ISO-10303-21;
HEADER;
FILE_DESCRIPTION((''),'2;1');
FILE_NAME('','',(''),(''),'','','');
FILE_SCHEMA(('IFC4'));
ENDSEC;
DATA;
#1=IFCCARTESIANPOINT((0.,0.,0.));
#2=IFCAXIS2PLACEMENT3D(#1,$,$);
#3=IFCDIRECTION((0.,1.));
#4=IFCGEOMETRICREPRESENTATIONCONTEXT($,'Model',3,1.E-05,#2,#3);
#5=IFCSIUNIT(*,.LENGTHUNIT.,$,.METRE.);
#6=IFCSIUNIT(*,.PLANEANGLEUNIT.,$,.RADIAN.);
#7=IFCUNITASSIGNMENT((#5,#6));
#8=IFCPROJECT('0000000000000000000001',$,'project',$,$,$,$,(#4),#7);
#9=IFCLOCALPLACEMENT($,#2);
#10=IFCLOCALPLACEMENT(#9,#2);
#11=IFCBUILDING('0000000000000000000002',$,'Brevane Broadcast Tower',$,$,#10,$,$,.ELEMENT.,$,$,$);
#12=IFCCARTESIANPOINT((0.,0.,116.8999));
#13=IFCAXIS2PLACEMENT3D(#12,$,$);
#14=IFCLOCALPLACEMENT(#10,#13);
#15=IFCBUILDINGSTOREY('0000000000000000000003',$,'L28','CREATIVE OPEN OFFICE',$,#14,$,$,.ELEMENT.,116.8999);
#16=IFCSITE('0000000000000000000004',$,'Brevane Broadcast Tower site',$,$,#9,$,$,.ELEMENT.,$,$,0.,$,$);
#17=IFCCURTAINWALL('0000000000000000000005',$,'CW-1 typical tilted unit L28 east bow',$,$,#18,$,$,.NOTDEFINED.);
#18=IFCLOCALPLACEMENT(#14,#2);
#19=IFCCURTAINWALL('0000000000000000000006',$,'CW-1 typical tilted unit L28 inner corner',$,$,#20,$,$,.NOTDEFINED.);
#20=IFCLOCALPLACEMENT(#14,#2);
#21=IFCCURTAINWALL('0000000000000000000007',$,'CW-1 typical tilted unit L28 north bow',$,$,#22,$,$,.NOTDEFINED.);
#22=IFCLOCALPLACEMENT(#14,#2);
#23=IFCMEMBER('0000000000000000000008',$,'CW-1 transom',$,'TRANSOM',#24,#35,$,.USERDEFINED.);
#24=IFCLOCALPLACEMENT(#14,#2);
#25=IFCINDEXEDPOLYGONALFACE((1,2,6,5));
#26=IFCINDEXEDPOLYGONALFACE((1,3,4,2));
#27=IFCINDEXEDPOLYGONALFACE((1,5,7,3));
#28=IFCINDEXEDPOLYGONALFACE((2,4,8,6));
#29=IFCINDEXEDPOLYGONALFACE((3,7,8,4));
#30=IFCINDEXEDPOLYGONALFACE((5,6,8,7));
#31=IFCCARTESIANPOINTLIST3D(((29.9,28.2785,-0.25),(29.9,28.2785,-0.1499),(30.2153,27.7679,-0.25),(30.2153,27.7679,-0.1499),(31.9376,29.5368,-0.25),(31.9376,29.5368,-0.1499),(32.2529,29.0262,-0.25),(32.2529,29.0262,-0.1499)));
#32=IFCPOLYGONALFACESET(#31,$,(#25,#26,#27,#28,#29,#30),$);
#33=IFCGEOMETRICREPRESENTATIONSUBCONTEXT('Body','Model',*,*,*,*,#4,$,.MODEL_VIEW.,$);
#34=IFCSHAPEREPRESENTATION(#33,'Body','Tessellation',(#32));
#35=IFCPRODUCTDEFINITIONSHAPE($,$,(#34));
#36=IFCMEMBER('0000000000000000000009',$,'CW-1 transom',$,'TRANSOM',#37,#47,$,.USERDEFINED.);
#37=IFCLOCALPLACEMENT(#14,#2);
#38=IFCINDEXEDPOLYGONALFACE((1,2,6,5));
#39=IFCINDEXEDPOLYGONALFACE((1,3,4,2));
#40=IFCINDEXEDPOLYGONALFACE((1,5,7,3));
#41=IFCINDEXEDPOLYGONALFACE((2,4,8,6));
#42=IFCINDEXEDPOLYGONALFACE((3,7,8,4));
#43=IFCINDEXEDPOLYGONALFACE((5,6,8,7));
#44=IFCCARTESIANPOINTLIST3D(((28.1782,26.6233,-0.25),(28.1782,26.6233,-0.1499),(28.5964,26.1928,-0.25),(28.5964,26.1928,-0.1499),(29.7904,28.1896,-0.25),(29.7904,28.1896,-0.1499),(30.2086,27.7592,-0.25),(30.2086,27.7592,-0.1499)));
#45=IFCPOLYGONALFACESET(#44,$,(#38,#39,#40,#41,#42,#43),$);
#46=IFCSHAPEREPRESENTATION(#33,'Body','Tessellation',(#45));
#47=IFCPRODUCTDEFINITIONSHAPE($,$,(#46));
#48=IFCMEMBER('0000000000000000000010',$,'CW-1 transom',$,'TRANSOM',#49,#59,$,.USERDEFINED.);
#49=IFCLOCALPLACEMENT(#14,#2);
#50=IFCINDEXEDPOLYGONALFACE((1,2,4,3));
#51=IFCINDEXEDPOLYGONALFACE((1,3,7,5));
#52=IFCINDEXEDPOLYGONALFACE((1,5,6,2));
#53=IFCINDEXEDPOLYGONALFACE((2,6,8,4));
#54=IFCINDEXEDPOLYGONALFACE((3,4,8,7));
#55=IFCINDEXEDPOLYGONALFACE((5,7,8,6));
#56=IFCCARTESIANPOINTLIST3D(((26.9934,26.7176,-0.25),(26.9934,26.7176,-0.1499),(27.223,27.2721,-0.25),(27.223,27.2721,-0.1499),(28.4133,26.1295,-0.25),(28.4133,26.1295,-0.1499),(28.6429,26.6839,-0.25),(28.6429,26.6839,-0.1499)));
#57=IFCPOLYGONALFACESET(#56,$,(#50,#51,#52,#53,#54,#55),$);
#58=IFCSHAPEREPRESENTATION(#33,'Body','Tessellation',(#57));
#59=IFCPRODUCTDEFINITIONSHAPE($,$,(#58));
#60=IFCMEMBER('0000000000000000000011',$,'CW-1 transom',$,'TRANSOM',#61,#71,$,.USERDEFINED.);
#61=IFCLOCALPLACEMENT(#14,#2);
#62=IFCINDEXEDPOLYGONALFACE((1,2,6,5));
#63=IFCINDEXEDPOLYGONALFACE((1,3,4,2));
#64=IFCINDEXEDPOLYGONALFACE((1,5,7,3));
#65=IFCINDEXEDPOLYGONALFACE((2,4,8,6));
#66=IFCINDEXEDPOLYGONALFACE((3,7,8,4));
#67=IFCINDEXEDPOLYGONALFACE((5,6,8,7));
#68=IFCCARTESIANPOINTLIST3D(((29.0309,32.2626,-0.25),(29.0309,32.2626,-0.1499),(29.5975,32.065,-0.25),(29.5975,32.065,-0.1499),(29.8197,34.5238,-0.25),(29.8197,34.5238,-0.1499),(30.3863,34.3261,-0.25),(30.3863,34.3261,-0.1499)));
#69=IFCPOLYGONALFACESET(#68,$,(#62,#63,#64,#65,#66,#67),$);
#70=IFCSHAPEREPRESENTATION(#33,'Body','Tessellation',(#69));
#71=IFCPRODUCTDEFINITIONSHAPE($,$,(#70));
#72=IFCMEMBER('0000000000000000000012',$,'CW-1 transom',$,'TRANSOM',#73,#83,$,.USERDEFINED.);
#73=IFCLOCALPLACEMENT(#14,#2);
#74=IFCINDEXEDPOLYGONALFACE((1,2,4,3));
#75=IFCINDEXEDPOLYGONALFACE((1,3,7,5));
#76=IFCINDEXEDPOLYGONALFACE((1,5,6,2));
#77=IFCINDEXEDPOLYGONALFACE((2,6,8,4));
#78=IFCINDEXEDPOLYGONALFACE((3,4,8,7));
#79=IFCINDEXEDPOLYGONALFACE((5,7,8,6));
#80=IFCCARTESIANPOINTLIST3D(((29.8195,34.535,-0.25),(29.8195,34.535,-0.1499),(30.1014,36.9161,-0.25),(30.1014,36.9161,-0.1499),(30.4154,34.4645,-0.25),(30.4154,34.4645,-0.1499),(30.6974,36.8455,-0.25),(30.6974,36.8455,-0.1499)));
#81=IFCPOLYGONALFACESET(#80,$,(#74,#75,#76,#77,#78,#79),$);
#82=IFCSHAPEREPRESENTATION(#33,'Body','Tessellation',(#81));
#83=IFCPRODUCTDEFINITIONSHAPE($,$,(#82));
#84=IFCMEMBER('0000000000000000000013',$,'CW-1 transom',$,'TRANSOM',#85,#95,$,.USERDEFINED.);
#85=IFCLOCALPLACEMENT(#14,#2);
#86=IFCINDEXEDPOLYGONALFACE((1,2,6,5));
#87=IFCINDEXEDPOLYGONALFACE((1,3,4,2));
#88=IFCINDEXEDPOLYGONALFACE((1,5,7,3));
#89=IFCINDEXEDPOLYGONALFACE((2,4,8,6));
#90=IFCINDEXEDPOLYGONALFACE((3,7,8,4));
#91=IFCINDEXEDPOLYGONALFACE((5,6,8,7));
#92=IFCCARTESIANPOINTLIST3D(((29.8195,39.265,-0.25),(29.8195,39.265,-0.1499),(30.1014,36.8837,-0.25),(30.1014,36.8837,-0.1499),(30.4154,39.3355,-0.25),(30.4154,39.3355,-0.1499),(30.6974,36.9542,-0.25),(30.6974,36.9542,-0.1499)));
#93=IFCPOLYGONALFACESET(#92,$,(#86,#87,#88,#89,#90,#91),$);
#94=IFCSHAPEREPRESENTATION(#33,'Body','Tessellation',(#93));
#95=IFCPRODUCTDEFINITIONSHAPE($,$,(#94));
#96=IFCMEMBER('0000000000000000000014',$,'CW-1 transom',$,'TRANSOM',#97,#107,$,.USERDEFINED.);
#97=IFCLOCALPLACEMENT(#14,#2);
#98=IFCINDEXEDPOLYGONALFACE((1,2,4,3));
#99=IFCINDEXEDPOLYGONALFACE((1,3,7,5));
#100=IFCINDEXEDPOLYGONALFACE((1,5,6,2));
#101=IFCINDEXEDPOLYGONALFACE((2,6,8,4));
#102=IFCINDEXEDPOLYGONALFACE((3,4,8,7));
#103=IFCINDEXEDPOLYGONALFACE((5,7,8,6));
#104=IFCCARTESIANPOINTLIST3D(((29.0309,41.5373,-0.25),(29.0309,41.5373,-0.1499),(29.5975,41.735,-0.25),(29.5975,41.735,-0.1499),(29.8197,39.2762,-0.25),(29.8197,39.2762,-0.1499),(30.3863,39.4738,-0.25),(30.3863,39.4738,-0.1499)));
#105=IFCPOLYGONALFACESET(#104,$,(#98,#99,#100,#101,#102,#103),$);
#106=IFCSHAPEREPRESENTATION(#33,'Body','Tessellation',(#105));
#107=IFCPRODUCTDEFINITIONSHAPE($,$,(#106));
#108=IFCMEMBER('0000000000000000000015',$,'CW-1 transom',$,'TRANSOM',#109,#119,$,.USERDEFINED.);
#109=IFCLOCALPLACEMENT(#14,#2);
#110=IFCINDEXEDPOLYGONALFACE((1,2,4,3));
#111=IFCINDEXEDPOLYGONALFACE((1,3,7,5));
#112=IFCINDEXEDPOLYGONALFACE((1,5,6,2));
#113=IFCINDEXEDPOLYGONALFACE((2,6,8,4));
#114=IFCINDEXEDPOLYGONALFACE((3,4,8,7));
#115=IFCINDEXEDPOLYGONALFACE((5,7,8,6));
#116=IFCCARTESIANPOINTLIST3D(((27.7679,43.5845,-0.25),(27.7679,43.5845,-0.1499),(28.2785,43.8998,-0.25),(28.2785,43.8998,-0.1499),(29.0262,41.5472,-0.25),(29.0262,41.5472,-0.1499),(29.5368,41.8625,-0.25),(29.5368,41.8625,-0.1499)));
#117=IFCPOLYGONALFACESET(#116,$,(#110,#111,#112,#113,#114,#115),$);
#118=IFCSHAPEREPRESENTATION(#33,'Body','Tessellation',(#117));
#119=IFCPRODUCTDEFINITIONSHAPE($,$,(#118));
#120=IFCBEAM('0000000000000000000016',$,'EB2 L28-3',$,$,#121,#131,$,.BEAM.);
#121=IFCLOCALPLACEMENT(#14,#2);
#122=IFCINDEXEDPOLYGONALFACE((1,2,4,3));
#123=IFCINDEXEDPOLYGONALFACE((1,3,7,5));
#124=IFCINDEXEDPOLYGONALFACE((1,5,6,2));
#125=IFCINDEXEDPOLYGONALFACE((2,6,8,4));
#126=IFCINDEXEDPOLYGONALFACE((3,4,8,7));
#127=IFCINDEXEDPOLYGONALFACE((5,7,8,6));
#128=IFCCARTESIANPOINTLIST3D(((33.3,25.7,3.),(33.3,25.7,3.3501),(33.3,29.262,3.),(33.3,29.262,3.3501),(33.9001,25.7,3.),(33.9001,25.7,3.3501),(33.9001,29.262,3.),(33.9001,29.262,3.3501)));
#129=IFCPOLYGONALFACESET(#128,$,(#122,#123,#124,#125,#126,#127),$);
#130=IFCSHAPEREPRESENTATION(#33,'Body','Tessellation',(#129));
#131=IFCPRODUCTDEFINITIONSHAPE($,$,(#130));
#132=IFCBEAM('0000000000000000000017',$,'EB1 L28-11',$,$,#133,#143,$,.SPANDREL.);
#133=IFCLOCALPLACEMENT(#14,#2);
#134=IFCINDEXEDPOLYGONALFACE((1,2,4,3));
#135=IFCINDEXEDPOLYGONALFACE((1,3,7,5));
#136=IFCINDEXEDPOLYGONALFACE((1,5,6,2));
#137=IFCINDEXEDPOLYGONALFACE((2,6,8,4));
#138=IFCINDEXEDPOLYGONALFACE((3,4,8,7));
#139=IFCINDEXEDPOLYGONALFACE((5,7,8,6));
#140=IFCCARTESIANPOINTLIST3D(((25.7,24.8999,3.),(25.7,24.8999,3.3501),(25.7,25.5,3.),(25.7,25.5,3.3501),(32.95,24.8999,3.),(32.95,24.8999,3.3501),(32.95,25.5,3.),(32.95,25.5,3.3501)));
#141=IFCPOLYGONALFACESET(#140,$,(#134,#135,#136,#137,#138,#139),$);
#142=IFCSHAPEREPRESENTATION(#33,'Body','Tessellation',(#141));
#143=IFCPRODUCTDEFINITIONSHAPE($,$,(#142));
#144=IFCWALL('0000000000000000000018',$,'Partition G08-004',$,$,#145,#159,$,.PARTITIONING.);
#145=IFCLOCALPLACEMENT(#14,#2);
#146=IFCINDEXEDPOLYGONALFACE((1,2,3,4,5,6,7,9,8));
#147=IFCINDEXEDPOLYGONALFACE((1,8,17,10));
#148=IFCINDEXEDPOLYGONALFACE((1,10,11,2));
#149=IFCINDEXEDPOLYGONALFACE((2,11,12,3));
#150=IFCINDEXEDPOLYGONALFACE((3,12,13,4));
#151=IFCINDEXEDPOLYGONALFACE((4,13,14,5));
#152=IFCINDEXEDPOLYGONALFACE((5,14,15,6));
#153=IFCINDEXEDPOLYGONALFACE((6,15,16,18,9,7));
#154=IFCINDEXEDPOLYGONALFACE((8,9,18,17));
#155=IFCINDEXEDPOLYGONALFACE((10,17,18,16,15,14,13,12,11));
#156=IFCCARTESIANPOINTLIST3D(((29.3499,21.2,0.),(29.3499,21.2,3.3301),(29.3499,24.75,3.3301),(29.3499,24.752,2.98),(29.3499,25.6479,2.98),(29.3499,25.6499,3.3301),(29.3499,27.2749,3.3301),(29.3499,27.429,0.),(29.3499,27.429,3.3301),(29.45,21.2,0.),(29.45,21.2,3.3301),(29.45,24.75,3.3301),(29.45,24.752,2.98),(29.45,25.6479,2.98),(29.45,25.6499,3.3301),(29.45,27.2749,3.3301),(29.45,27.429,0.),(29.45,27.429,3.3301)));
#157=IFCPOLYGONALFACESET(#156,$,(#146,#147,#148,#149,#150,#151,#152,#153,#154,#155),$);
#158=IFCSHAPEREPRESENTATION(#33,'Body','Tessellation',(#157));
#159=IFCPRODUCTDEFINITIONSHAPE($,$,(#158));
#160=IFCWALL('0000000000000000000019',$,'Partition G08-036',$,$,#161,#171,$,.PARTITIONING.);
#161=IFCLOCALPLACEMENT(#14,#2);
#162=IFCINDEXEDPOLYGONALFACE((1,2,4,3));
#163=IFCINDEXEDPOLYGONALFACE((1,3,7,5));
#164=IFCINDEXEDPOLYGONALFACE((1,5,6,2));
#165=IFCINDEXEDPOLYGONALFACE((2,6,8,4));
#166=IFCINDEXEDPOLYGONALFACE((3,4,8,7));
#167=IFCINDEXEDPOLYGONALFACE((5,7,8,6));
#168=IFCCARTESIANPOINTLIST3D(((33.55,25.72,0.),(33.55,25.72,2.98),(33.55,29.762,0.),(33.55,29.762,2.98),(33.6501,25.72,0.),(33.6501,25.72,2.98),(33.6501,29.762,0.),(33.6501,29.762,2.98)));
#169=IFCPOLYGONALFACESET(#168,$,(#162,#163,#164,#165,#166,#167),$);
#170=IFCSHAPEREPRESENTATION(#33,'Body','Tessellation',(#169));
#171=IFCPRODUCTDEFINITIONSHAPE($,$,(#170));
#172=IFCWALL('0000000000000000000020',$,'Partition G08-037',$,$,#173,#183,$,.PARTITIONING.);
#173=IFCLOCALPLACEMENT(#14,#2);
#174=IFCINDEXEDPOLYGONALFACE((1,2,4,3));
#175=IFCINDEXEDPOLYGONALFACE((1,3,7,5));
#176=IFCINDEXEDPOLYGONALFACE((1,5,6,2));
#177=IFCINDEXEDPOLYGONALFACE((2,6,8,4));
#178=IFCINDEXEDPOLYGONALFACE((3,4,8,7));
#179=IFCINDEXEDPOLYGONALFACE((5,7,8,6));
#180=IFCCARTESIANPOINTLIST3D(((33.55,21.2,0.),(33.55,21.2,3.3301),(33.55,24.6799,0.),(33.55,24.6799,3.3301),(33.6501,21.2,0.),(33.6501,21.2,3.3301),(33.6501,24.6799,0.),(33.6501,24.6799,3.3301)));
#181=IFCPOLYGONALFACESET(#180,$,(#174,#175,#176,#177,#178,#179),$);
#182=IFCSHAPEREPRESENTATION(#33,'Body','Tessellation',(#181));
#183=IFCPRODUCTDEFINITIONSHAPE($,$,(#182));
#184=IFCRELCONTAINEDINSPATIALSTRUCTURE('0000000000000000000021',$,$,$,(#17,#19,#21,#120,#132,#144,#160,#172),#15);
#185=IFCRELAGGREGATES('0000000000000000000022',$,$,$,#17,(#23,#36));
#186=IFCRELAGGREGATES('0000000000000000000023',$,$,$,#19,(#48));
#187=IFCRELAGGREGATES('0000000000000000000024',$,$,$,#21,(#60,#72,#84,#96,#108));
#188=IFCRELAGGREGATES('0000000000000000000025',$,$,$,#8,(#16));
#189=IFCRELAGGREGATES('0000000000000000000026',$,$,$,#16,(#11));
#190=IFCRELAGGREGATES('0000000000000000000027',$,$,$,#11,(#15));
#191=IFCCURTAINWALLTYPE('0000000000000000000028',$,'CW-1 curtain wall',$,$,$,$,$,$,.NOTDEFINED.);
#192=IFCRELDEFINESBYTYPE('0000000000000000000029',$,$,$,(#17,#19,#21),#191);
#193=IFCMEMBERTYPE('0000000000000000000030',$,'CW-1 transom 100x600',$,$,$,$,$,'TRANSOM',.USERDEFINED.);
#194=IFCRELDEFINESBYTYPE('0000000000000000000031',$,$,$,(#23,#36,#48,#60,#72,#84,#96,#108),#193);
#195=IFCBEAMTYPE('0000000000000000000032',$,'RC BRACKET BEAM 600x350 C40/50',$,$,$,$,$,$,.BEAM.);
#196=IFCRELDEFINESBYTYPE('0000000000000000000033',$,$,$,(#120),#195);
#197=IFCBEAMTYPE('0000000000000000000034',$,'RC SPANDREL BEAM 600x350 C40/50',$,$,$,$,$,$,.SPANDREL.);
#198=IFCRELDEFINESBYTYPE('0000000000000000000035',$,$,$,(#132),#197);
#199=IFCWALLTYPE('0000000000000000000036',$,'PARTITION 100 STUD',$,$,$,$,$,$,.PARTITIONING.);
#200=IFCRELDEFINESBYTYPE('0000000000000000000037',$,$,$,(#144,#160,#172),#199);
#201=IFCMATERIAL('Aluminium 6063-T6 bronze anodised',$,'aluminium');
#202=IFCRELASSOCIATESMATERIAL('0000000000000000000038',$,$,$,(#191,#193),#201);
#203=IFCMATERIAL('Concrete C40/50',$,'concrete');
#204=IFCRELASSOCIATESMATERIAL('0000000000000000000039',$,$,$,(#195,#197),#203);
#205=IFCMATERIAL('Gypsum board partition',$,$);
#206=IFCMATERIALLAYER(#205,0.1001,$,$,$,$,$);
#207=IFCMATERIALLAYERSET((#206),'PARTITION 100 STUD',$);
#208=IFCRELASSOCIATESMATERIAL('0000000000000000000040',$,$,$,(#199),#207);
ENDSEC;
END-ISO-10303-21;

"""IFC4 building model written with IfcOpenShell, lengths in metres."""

from ifc_helpers import new_model, si_unit, direction, frame, frame_2d, origin, origin_2d, place, context, subcontext, project, spatial, polyline, rectangle, outline, extrude, material, layer, layer_set, material_profile, profile_set, type_object, element, aggregate, save


model = new_model("IFC4")

# Units and contexts
model_context = context("Model", 3, precision=1e-05, world=origin(), true_north=direction((0.0, 1.0)))
body_context = subcontext(model_context, "Body", "Model", "MODEL_VIEW")
ifc_project = project(units=[si_unit("LENGTHUNIT", "METRE"), si_unit("PLANEANGLEUNIT", "RADIAN")], contexts=[model_context])

# Site, building, storey
site_placement = place(None, origin())
site = spatial("IfcSite", under=ifc_project, at=site_placement, Name="Brevane Broadcast Tower site", CompositionType="ELEMENT", RefElevation=0.0)
building_placement = place(site_placement, origin())
building = spatial("IfcBuilding", under=site, at=building_placement, Name="Brevane Broadcast Tower", CompositionType="ELEMENT")
storey_placement = place(building_placement, frame((0.0, 0.0, 116.8999)))
storey = spatial("IfcBuildingStorey", under=building, at=storey_placement, Name="L28", Description="CREATIVE OPEN OFFICE", CompositionType="ELEMENT", Elevation=116.8999)

# Curtain wall
ifc_material_1 = material(Name="Aluminium 6063-T6 bronze anodised", Category="aluminium")
curtain_wall_type = type_object("IfcCurtainWallType", Name="CW-1 curtain wall", PredefinedType="NOTDEFINED", material=ifc_material_1)
curtain_wall_1_placement = place(storey_placement, origin())
curtain_wall_1 = element("IfcCurtainWall", 1, at=curtain_wall_1_placement, inside=storey, type_object=curtain_wall_type, Name="CW-1 typical tilted unit L28 east bow", PredefinedType="NOTDEFINED")

# Curtain wall
curtain_wall_2_placement = place(storey_placement, origin())
curtain_wall_2 = element("IfcCurtainWall", 2, at=curtain_wall_2_placement, inside=storey, type_object=curtain_wall_type, Name="CW-1 typical tilted unit L28 inner corner", PredefinedType="NOTDEFINED")

# Curtain wall
curtain_wall_3_placement = place(storey_placement, origin())
curtain_wall_3 = element("IfcCurtainWall", 3, at=curtain_wall_3_placement, inside=storey, type_object=curtain_wall_type, Name="CW-1 typical tilted unit L28 north bow", PredefinedType="NOTDEFINED")

# Members
ifc_material_profile_1 = material_profile(ifc_material_1, rectangle(XDim=0.6001, YDim=0.1001, at=origin_2d()), Name="RECT 100x600")
ifc_profile_set_1 = profile_set([ifc_material_profile_1], Name="Aluminium 6063-T6 bronze anodised")
member_type_1 = type_object("IfcMemberType", Name="CW-1 transom 100x600", ElementType="TRANSOM", PredefinedType="USERDEFINED", material=ifc_profile_set_1)
member_1_placement = place(storey_placement, frame((32.0952, 29.2815, -0.2), z_axis=(-0.850838, -0.525428, 0.0), x_axis=(0.525428, -0.850838, 0.0)))
member_1 = element("IfcMember", 4, at=member_1_placement, type_object=member_type_1, Name="CW-1 transom", ObjectType="TRANSOM", PredefinedType="USERDEFINED", context=body_context, shape_type="SweptSolid", body=[
    extrude(rectangle(XDim=0.6001, YDim=0.1001, at=origin_2d()), origin(), (0.0, 0.0, 1.0), 2.3948),
])
member_2_placement = place(storey_placement, frame((29.9995, 27.9744, -0.2), z_axis=(-0.717242, -0.696824, 0.0), x_axis=(0.696824, -0.717242, 0.0)))
member_2 = element("IfcMember", 5, at=member_2_placement, type_object=member_type_1, Name="CW-1 transom", ObjectType="TRANSOM", PredefinedType="USERDEFINED", context=body_context, shape_type="SweptSolid", body=[
    extrude(rectangle(XDim=0.6001, YDim=0.1001, at=origin_2d()), origin(), (0.0, 0.0, 1.0), 2.2478),
])
aggregate(curtain_wall_1, [member_1, member_2])
member_3_placement = place(storey_placement, frame((28.5281, 26.4067, -0.2), z_axis=(-0.923883, 0.382674, 0.0), x_axis=(-0.382674, -0.923883, 0.0)))
member_3 = element("IfcMember", 6, at=member_3_placement, type_object=member_type_1, Name="CW-1 transom", ObjectType="TRANSOM", PredefinedType="USERDEFINED", context=body_context, shape_type="SweptSolid", body=[
    extrude(rectangle(XDim=0.6001, YDim=0.1001, at=origin_2d()), origin(), (0.0, 0.0, 1.0), 1.5369),
])
aggregate(curtain_wall_2, [member_3])
member_4_placement = place(storey_placement, frame((29.3142, 32.1638, -0.2), z_axis=(0.329378, 0.944198, 0.0), x_axis=(-0.944198, 0.329378, 0.0)))
member_4 = element("IfcMember", 7, at=member_4_placement, type_object=member_type_1, Name="CW-1 transom", ObjectType="TRANSOM", PredefinedType="USERDEFINED", context=body_context, shape_type="SweptSolid", body=[
    extrude(rectangle(XDim=0.6001, YDim=0.1001, at=origin_2d()), origin(), (0.0, 0.0, 1.0), 2.3948),
])
member_5_placement = place(storey_placement, frame((30.1174, 34.4998, -0.2), z_axis=(0.117603, 0.993061, 0.0), x_axis=(-0.993061, 0.117603, 0.0)))
member_5 = element("IfcMember", 8, at=member_5_placement, type_object=member_type_1, Name="CW-1 transom", ObjectType="TRANSOM", PredefinedType="USERDEFINED", context=body_context, shape_type="SweptSolid", body=[
    extrude(rectangle(XDim=0.6001, YDim=0.1001, at=origin_2d()), origin(), (0.0, 0.0, 1.0), 2.3977),
])
member_6_placement = place(storey_placement, frame((30.3994, 36.9189, -0.2), z_axis=(-0.117591, 0.993062, 0.0), x_axis=(-0.993062, -0.117591, 0.0)))
member_6 = element("IfcMember", 9, at=member_6_placement, type_object=member_type_1, Name="CW-1 transom", ObjectType="TRANSOM", PredefinedType="USERDEFINED", context=body_context, shape_type="SweptSolid", body=[
    extrude(rectangle(XDim=0.6001, YDim=0.1001, at=origin_2d()), origin(), (0.0, 0.0, 1.0), 2.3979),
])
member_7_placement = place(storey_placement, frame((30.103, 39.375, -0.2), z_axis=(-0.329378, 0.944198, 0.0), x_axis=(-0.944198, -0.329378, 0.0)))
member_7 = element("IfcMember", 10, at=member_7_placement, type_object=member_type_1, Name="CW-1 transom", ObjectType="TRANSOM", PredefinedType="USERDEFINED", context=body_context, shape_type="SweptSolid", body=[
    extrude(rectangle(XDim=0.6001, YDim=0.1001, at=origin_2d()), origin(), (0.0, 0.0, 1.0), 2.3948),
])
member_8_placement = place(storey_placement, frame((29.2815, 41.7048, -0.2), z_axis=(-0.525473, 0.85081, 0.0), x_axis=(-0.85081, -0.525473, 0.0)))
member_8 = element("IfcMember", 11, at=member_8_placement, type_object=member_type_1, Name="CW-1 transom", ObjectType="TRANSOM", PredefinedType="USERDEFINED", context=body_context, shape_type="SweptSolid", body=[
    extrude(rectangle(XDim=0.6001, YDim=0.1001, at=origin_2d()), origin(), (0.0, 0.0, 1.0), 2.3945),
])
aggregate(curtain_wall_3, [member_4, member_5, member_6, member_7, member_8])

# Beams
ifc_material_2 = material(Name="Concrete C40/50", Category="concrete")
ifc_material_profile_2 = material_profile(ifc_material_2, rectangle(XDim=0.6001, YDim=0.3501, at=origin_2d()), Name="RC 600x350")
ifc_profile_set_2 = profile_set([ifc_material_profile_2], Name="Concrete C40/50")
beam_type_1 = type_object("IfcBeamType", Name="RC BRACKET BEAM 600x350 C40/50", PredefinedType="BEAM", material=ifc_profile_set_2)
beam_1_placement = place(storey_placement, frame((33.6001, 25.7, 3.175), z_axis=(0.0, 1.0, 0.0), x_axis=(-1.0, 0.0, 0.0)))
element("IfcBeam", 12, at=beam_1_placement, inside=storey, type_object=beam_type_1, Name="EB2 L28-3", PredefinedType="BEAM", context=body_context, shape_type="SweptSolid", body=[
    extrude(rectangle(XDim=0.6001, YDim=0.3501, at=origin_2d()), origin(), (0.0, 0.0, 1.0), 3.562),
])
ifc_material_profile_3 = material_profile(ifc_material_2, rectangle(XDim=0.6001, YDim=0.3501, at=origin_2d()), Name="RC 600x350")
ifc_profile_set_3 = profile_set([ifc_material_profile_3], Name="Concrete C40/50")
beam_type_2 = type_object("IfcBeamType", Name="RC SPANDREL BEAM 600x350 C40/50", PredefinedType="SPANDREL", material=ifc_profile_set_3)
beam_2_placement = place(storey_placement, frame((32.95, 25.2, 3.175), z_axis=(-1.0, 0.0, 0.0), x_axis=(0.0, -1.0, 0.0)))
element("IfcBeam", 13, at=beam_2_placement, inside=storey, type_object=beam_type_2, Name="EB1 L28-11", PredefinedType="SPANDREL", context=body_context, shape_type="SweptSolid", body=[
    extrude(rectangle(XDim=0.6001, YDim=0.3501, at=origin_2d()), origin(), (0.0, 0.0, 1.0), 7.25),
])

# Walls
ifc_material_3 = material(Name="Gypsum board partition")
ifc_layer_1 = layer(ifc_material_3, 0.1001)
ifc_layer_set_1 = layer_set([ifc_layer_1], Name="PARTITION 100 STUD")
wall_type_1 = type_object("IfcWallType", Name="PARTITION 100 STUD", PredefinedType="PARTITIONING", material=ifc_layer_set_1)
wall_1_placement = place(storey_placement, frame((29.3999, 27.429, 0.0), z_axis=(0.0, 0.0, 1.0), x_axis=(0.0, -1.0, 0.0)))
element("IfcWall", 14, at=wall_1_placement, inside=storey, type_object=wall_type_1, Name="Partition G08-004", PredefinedType="PARTITIONING", context=body_context, shape_type="SweptSolid", body=[
    extrude(outline(polyline([(0.0, 0.0), (6.229, 0.0), (6.229, 3.3301), (2.679, 3.3301), (2.677, 2.98), (1.781, 2.98), (1.7791, 3.3301), (0.1541, 3.3301), (0.0, 3.3301), (0.0, 0.0)])), frame((0.0, 0.05, 0.0), z_axis=(0.0, -1.0, 0.0), x_axis=(1.0, 0.0, 0.0)), (0.0, 0.0, 1.0), 0.1001),
])
wall_2_placement = place(storey_placement, frame((33.6001, 29.762, 0.0), z_axis=(0.0, 0.0, 1.0), x_axis=(0.0, -1.0, 0.0)))
element("IfcWall", 15, at=wall_2_placement, inside=storey, type_object=wall_type_1, Name="Partition G08-036", PredefinedType="PARTITIONING", context=body_context, shape_type="SweptSolid", body=[
    extrude(rectangle(XDim=4.042, YDim=0.1001, at=frame_2d((2.021, 0.0))), origin(), (0.0, 0.0, 1.0), 2.98),
])
wall_3_placement = place(storey_placement, frame((33.6001, 24.6799, 0.0), z_axis=(0.0, 0.0, 1.0), x_axis=(0.0, -1.0, 0.0)))
element("IfcWall", 16, at=wall_3_placement, inside=storey, type_object=wall_type_1, Name="Partition G08-037", PredefinedType="PARTITIONING", context=body_context, shape_type="SweptSolid", body=[
    extrude(rectangle(XDim=3.48, YDim=0.1001, at=frame_2d((1.74, 0.0))), origin(), (0.0, 0.0, 1.0), 3.3301),
])

save(model, "model.ifc")
